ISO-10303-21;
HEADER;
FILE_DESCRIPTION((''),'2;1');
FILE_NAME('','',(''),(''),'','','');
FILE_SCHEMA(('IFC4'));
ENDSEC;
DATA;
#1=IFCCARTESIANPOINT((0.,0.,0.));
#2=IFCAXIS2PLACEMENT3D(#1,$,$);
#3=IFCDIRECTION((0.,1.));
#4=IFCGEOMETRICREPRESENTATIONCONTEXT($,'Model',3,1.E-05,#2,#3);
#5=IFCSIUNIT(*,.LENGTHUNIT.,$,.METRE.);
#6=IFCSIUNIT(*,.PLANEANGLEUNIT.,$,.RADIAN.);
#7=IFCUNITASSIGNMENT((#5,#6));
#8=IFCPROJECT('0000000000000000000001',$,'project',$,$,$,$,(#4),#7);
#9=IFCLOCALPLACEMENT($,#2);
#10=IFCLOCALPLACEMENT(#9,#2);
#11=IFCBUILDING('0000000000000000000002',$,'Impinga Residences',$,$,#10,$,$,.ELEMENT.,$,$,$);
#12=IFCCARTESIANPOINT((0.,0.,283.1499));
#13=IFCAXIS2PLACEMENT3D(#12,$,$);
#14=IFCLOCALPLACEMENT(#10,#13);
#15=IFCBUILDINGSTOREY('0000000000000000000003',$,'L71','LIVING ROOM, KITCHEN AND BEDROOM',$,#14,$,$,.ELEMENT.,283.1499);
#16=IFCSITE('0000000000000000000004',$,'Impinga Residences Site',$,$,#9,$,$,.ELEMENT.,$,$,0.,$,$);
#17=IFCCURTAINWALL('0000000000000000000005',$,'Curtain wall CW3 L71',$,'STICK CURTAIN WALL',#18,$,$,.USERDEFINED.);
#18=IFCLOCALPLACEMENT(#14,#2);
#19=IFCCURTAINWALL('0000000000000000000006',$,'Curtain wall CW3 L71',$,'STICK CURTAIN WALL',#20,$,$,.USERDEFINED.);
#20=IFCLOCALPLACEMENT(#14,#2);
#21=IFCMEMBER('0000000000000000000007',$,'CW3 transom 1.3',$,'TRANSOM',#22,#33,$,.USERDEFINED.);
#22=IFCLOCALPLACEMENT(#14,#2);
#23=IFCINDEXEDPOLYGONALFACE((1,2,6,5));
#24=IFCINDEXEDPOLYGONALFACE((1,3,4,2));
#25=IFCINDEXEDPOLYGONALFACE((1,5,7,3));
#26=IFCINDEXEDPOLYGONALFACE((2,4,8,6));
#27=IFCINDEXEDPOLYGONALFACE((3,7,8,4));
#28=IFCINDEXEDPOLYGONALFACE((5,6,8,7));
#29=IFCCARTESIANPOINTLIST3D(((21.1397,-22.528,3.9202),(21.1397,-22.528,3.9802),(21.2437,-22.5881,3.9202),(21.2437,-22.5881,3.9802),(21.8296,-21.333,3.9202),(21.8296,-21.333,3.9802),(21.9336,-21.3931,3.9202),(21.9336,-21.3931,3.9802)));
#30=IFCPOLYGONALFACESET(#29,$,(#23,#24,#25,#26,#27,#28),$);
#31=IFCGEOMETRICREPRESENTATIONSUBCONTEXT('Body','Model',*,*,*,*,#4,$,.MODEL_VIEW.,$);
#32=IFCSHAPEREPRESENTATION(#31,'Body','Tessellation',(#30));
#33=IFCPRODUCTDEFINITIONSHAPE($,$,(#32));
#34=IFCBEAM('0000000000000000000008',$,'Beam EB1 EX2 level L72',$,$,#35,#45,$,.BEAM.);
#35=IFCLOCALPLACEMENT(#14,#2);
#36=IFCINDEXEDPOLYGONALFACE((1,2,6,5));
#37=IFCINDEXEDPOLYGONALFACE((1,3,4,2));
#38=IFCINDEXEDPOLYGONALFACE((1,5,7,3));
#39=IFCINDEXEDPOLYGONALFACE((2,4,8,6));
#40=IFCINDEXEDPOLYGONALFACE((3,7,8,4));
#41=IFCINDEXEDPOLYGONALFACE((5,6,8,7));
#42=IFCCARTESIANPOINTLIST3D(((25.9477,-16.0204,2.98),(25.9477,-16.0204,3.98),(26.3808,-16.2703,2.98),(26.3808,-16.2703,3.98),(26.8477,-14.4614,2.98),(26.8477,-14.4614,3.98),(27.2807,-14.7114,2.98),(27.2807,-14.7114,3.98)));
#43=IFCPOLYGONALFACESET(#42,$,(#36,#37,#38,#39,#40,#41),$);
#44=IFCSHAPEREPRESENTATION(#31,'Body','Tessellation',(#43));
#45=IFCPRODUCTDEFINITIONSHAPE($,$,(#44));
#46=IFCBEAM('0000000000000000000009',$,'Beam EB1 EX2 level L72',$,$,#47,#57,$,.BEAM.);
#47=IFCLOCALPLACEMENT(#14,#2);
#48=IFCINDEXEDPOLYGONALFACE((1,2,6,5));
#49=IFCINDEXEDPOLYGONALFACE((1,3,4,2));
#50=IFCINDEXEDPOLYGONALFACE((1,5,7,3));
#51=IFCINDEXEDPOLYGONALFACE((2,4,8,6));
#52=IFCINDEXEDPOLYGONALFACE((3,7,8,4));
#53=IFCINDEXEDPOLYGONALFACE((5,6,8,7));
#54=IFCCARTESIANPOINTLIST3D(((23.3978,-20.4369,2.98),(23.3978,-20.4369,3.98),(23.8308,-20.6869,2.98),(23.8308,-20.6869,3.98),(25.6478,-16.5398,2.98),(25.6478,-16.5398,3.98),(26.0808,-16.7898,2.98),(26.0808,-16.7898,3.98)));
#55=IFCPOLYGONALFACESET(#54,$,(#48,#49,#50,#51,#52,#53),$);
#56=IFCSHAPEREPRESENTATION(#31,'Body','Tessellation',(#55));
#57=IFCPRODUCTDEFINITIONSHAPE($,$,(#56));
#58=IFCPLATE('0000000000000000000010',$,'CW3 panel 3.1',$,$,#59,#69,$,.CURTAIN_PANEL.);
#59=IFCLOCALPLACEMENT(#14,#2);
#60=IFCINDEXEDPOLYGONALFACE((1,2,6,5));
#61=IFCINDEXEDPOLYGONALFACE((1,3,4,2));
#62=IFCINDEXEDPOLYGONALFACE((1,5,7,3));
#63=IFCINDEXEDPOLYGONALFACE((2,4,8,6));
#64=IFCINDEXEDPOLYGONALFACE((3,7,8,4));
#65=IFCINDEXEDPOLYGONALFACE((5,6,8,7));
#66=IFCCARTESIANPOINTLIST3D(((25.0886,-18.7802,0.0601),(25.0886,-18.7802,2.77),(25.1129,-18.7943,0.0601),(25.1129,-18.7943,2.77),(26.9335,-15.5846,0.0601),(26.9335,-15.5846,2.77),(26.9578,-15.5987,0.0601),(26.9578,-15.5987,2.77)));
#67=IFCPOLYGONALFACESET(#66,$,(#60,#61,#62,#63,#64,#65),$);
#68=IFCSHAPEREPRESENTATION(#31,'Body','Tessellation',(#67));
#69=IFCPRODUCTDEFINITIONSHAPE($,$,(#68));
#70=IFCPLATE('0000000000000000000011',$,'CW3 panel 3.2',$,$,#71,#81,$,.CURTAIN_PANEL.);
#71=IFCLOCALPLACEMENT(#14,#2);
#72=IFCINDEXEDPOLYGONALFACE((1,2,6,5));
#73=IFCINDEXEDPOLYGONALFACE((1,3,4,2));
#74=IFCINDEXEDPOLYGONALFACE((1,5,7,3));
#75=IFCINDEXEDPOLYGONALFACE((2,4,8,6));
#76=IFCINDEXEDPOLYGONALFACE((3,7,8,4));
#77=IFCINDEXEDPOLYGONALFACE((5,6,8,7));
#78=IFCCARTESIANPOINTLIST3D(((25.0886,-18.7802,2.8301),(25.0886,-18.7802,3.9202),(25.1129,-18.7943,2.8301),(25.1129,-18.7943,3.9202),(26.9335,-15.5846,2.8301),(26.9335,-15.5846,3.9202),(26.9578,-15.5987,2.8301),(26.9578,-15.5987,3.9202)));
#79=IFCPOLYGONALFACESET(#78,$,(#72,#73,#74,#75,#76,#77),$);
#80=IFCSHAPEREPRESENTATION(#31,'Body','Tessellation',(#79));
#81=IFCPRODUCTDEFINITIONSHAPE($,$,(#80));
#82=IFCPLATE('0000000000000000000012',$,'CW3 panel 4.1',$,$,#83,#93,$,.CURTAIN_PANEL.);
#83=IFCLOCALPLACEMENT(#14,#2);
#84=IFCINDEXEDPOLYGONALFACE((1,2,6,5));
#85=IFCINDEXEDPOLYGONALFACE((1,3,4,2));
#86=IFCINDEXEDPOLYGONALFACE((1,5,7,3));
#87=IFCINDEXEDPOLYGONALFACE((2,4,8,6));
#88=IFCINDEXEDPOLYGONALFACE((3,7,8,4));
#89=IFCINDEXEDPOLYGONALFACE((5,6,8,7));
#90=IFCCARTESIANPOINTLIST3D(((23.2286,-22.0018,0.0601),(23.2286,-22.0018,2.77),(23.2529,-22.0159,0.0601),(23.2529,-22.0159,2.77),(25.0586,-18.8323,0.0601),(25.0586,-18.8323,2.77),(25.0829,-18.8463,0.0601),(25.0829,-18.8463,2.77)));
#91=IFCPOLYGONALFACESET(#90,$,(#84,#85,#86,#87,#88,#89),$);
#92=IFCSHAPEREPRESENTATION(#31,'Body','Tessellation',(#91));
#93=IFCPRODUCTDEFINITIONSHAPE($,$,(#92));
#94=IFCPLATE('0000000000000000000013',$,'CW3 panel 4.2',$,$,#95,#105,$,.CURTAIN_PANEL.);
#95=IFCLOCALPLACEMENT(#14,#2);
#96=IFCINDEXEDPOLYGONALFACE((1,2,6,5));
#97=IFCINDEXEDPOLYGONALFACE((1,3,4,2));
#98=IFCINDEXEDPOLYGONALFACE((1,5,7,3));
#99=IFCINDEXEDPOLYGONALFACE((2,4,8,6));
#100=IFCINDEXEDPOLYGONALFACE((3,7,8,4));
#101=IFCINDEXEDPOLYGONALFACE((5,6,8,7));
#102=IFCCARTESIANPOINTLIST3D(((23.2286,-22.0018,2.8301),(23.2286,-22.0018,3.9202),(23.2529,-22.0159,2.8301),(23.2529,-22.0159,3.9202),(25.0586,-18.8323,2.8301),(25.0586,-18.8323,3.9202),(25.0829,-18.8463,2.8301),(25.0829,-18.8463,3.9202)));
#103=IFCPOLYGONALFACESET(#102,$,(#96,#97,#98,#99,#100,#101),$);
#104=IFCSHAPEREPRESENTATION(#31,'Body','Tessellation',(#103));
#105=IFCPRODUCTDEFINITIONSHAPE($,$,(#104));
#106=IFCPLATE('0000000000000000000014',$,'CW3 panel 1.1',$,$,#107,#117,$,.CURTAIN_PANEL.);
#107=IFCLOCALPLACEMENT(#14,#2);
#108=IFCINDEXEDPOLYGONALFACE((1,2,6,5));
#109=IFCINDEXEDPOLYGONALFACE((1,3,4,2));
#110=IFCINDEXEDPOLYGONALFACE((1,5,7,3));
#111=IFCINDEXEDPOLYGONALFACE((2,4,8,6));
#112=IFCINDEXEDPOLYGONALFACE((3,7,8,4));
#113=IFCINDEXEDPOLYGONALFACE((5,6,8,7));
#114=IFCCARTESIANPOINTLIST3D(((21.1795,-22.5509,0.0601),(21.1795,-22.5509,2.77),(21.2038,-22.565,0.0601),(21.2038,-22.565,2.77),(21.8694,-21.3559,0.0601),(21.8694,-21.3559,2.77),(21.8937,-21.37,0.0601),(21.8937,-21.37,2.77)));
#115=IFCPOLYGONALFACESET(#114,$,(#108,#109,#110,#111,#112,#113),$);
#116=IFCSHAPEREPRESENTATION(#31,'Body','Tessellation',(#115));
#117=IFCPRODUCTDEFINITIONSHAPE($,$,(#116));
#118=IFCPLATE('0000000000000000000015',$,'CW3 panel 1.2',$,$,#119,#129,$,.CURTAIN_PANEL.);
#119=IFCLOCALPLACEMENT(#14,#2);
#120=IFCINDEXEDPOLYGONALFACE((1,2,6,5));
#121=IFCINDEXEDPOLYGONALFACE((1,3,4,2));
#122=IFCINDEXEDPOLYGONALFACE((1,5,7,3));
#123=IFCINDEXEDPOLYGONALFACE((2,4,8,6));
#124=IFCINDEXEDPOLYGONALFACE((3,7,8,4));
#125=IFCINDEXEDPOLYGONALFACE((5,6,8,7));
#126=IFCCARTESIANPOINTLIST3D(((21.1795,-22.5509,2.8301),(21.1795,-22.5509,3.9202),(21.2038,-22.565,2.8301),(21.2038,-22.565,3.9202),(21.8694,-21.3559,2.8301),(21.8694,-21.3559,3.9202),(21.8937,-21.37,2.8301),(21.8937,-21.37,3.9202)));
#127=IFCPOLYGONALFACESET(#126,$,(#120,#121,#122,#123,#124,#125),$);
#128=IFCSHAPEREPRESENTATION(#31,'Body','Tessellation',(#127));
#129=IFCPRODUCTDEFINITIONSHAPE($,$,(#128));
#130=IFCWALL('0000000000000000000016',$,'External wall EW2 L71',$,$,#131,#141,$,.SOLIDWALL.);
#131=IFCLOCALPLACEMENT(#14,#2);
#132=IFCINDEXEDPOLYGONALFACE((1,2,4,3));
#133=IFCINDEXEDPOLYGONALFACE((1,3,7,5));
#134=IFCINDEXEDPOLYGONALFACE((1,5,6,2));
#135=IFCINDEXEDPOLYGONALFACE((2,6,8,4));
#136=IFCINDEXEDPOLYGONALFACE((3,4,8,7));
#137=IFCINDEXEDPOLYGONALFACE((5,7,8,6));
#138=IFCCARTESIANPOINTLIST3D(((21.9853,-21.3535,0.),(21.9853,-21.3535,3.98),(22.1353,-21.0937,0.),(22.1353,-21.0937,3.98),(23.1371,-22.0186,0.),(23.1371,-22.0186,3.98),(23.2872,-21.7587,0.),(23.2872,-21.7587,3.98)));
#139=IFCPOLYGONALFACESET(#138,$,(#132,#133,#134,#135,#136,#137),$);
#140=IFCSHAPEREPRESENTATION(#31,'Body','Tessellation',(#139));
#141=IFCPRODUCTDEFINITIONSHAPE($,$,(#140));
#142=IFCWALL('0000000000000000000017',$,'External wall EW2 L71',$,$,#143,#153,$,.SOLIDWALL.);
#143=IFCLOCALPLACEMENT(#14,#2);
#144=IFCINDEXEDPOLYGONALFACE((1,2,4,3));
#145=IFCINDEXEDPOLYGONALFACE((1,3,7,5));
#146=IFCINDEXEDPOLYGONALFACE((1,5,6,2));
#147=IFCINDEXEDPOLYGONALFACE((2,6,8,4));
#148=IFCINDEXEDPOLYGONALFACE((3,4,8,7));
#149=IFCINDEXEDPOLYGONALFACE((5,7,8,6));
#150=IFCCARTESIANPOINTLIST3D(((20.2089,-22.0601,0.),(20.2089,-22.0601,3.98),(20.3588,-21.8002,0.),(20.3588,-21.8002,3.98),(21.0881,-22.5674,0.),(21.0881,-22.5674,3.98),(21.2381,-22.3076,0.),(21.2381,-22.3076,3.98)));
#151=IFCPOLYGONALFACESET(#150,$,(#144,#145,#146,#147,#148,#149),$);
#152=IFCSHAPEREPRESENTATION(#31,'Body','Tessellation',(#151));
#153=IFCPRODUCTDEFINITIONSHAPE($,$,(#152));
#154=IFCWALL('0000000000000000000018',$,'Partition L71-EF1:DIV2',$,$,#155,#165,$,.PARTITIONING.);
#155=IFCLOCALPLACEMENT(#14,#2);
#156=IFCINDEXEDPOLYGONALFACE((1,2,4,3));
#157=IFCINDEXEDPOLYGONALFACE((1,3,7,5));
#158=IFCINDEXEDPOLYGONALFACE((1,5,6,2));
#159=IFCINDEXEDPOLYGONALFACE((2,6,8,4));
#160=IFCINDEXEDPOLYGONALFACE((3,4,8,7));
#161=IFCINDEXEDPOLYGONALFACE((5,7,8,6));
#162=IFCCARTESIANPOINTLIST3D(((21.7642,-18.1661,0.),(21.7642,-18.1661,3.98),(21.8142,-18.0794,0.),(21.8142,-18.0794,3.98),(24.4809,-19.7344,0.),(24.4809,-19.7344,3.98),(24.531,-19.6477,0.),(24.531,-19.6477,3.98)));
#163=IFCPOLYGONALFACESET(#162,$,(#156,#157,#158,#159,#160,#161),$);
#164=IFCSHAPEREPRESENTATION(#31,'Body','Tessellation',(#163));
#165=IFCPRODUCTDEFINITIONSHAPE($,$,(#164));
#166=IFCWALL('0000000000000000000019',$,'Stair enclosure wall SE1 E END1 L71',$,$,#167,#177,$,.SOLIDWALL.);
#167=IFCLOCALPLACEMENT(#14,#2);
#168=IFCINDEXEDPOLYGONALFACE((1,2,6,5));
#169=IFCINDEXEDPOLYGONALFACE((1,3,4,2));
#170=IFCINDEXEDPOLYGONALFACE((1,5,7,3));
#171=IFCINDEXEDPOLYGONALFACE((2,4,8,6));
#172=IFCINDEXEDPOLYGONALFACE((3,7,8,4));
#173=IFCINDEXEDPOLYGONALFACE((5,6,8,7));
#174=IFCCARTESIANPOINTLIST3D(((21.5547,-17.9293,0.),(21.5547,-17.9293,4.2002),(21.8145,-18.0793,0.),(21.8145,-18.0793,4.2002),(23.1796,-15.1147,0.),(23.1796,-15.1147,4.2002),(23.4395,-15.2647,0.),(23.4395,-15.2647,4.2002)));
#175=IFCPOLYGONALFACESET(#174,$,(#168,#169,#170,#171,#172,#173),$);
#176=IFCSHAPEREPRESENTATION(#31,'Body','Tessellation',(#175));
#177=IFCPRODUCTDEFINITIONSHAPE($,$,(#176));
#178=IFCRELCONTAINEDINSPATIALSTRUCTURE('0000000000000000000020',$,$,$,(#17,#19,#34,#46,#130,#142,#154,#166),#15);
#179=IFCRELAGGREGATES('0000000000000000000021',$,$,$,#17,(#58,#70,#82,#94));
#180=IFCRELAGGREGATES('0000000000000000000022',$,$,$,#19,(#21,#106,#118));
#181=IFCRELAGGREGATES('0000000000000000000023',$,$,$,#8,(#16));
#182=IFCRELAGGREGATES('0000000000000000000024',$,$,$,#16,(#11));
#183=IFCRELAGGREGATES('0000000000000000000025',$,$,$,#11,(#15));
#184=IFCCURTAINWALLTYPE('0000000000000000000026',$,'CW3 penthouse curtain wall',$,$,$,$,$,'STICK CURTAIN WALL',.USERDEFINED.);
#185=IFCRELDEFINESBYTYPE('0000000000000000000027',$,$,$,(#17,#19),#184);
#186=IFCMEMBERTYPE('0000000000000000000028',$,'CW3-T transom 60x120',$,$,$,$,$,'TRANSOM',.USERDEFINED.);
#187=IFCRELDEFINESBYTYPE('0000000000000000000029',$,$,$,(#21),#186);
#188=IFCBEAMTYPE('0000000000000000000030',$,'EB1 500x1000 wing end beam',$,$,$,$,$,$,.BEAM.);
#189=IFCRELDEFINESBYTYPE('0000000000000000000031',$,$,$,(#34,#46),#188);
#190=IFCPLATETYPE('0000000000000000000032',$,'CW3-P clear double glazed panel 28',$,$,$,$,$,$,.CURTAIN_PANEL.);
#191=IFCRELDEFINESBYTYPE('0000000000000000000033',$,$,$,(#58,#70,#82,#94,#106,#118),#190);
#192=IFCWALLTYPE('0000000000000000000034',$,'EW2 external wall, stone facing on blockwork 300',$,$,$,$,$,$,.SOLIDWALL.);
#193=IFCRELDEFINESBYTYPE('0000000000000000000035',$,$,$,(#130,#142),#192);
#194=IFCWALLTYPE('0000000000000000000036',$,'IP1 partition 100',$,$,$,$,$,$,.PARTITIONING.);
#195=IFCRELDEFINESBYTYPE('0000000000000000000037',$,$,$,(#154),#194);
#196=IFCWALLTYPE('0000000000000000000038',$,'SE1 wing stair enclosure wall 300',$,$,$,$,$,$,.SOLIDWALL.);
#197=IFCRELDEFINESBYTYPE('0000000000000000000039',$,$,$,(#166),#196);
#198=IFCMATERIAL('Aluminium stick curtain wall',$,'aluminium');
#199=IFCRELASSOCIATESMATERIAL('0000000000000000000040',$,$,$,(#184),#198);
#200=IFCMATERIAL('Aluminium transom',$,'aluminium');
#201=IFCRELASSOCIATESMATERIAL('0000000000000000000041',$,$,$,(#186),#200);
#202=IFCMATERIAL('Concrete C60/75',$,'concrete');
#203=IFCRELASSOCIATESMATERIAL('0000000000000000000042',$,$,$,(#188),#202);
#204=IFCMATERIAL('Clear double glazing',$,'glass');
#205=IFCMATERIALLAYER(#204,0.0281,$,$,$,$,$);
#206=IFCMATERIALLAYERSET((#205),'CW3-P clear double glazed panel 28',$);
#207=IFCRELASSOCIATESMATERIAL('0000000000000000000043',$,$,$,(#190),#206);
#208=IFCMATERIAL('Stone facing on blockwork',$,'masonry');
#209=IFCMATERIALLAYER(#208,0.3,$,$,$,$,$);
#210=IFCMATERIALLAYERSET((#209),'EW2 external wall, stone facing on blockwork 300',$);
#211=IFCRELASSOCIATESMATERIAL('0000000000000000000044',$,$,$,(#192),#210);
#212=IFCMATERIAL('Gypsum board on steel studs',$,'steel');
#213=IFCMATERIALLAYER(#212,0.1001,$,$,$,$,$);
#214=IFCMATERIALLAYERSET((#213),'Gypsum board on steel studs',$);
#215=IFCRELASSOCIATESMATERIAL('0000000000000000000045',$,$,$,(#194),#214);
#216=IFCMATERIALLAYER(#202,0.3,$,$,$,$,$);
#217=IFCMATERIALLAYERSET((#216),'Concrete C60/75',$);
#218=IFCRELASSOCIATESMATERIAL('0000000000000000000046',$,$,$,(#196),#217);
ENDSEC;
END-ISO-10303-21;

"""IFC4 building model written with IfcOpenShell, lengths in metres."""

from ifc_helpers import new_model, si_unit, direction, frame, frame_2d, origin, origin_2d, place, context, subcontext, project, spatial, rectangle, extrude, material, layer, layer_set, material_profile, profile_set, type_object, element, aggregate, save


model = new_model("IFC4")

# Units and contexts
model_context = context("Model", 3, precision=1e-05, world=origin(), true_north=direction((0.0, 1.0)))
body_context = subcontext(model_context, "Body", "Model", "MODEL_VIEW")
ifc_project = project(units=[si_unit("LENGTHUNIT", "METRE"), si_unit("PLANEANGLEUNIT", "RADIAN")], contexts=[model_context])

# Site, building, storey
site_placement = place(None, origin())
site = spatial("IfcSite", under=ifc_project, at=site_placement, Name="Impinga Residences Site", CompositionType="ELEMENT", RefElevation=0.0)
building_placement = place(site_placement, origin())
building = spatial("IfcBuilding", under=site, at=building_placement, Name="Impinga Residences", CompositionType="ELEMENT")
storey_placement = place(building_placement, frame((0.0, 0.0, 283.1499)))
storey = spatial("IfcBuildingStorey", under=building, at=storey_placement, Name="L71", Description="LIVING ROOM, KITCHEN AND BEDROOM", CompositionType="ELEMENT", Elevation=283.1499)

# Shared definitions
ifc_material_1 = material(Name="Concrete C60/75", Category="concrete")

# Curtain walls
ifc_material_2 = material(Name="Aluminium stick curtain wall", Category="aluminium")
curtain_wall_type = type_object("IfcCurtainWallType", Name="CW3 penthouse curtain wall", ElementType="STICK CURTAIN WALL", PredefinedType="USERDEFINED", material=ifc_material_2)
curtain_wall_1_placement = place(storey_placement, origin())
curtain_wall_1 = element("IfcCurtainWall", 1, at=curtain_wall_1_placement, inside=storey, type_object=curtain_wall_type, Name="Curtain wall CW3 L71", ObjectType="STICK CURTAIN WALL", PredefinedType="USERDEFINED")
curtain_wall_2_placement = place(storey_placement, origin())
curtain_wall_2 = element("IfcCurtainWall", 2, at=curtain_wall_2_placement, inside=storey, type_object=curtain_wall_type, Name="Curtain wall CW3 L71", ObjectType="STICK CURTAIN WALL", PredefinedType="USERDEFINED")

# Member
ifc_material_3 = material(Name="Aluminium transom", Category="aluminium")
ifc_material_profile_1 = material_profile(ifc_material_3, rectangle(XDim=0.0601, YDim=0.1201, at=origin_2d()), Name="60x120 transom")
ifc_profile_set_1 = profile_set([ifc_material_profile_1], Name="Aluminium transom")
member_type_1 = type_object("IfcMemberType", Name="CW3-T transom 60x120", ElementType="TRANSOM", PredefinedType="USERDEFINED", material=ifc_profile_set_1)
member_1_placement = place(storey_placement, frame((21.8816, -21.363, 3.9502), z_axis=(-0.499983, -0.866035, 0.0), x_axis=(0.0, 0.0, 1.0)))
member_1 = element("IfcMember", 3, at=member_1_placement, type_object=member_type_1, Name="CW3 transom 1.3", ObjectType="TRANSOM", PredefinedType="USERDEFINED", context=body_context, shape_type="SweptSolid", body=[
    extrude(rectangle(XDim=0.0601, YDim=0.1201, at=origin_2d()), origin(), (0.0, 0.0, 1.0), 1.3799),
])

# Beams
ifc_material_profile_2 = material_profile(ifc_material_1, rectangle(XDim=0.5, YDim=1.0, at=origin_2d()), Name="RC 500x1000")
ifc_profile_set_2 = profile_set([ifc_material_profile_2], Name="Concrete C60/75")
beam_type_1 = type_object("IfcBeamType", Name="EB1 500x1000 wing end beam", PredefinedType="BEAM", material=ifc_profile_set_2)
beam_1_placement = place(storey_placement, frame((27.0642, -14.5864, 3.48), z_axis=(-0.499961, -0.866048, 0.0), x_axis=(0.866048, -0.499961, 0.0)))
element("IfcBeam", 4, at=beam_1_placement, inside=storey, type_object=beam_type_1, Name="Beam EB1 EX2 level L72", PredefinedType="BEAM", context=body_context, shape_type="SweptSolid", body=[
    extrude(rectangle(XDim=0.5, YDim=1.0, at=origin_2d()), origin(), (0.0, 0.0, 1.0), 1.8),
])
beam_2_placement = place(storey_placement, frame((25.8643, -16.6648, 3.48), z_axis=(-0.49999, -0.866031, 0.0), x_axis=(0.866031, -0.49999, 0.0)))
element("IfcBeam", 5, at=beam_2_placement, inside=storey, type_object=beam_type_1, Name="Beam EB1 EX2 level L72", PredefinedType="BEAM", context=body_context, shape_type="SweptSolid", body=[
    extrude(rectangle(XDim=0.5, YDim=1.0, at=origin_2d()), origin(), (0.0, 0.0, 1.0), 4.5),
])

# Plates
ifc_material_4 = material(Name="Clear double glazing", Category="glass")
ifc_layer_1 = layer(ifc_material_4, 0.0281)
ifc_layer_set_1 = layer_set([ifc_layer_1], Name="CW3-P clear double glazed panel 28")
plate_type = type_object("IfcPlateType", Name="CW3-P clear double glazed panel 28", PredefinedType="CURTAIN_PANEL", material=ifc_layer_set_1)
plate_1_placement = place(storey_placement, frame((26.0232, -17.1895, 0.0601), z_axis=(0.0, 0.0, 1.0), x_axis=(-0.5, -0.866025, 0.0)))
plate_1 = element("IfcPlate", 6, at=plate_1_placement, type_object=plate_type, Name="CW3 panel 3.1", PredefinedType="CURTAIN_PANEL", context=body_context, shape_type="SweptSolid", body=[
    extrude(rectangle(XDim=3.6899, YDim=0.0281, at=origin_2d()), origin(), (0.0, 0.0, 1.0), 2.71),
])
plate_2_placement = place(storey_placement, frame((26.0232, -17.1895, 2.8301), z_axis=(0.0, 0.0, 1.0), x_axis=(-0.5, -0.866025, 0.0)))
plate_2 = element("IfcPlate", 7, at=plate_2_placement, type_object=plate_type, Name="CW3 panel 3.2", PredefinedType="CURTAIN_PANEL", context=body_context, shape_type="SweptSolid", body=[
    extrude(rectangle(XDim=3.6899, YDim=0.0281, at=origin_2d()), origin(), (0.0, 0.0, 1.0), 1.0901),
])
plate_3_placement = place(storey_placement, frame((24.1558, -20.4241, 0.0601), z_axis=(0.0, 0.0, 1.0), x_axis=(-0.5, -0.866025, 0.0)))
plate_3 = element("IfcPlate", 8, at=plate_3_placement, type_object=plate_type, Name="CW3 panel 4.1", PredefinedType="CURTAIN_PANEL", context=body_context, shape_type="SweptSolid", body=[
    extrude(rectangle(XDim=3.6599, YDim=0.0281, at=origin_2d()), origin(), (0.0, 0.0, 1.0), 2.71),
])
plate_4_placement = place(storey_placement, frame((24.1558, -20.4241, 2.8301), z_axis=(0.0, 0.0, 1.0), x_axis=(-0.5, -0.866025, 0.0)))
plate_4 = element("IfcPlate", 9, at=plate_4_placement, type_object=plate_type, Name="CW3 panel 4.2", PredefinedType="CURTAIN_PANEL", context=body_context, shape_type="SweptSolid", body=[
    extrude(rectangle(XDim=3.6599, YDim=0.0281, at=origin_2d()), origin(), (0.0, 0.0, 1.0), 1.0901),
])
aggregate(curtain_wall_1, [plate_1, plate_2, plate_3, plate_4])
plate_5_placement = place(storey_placement, frame((21.5366, -21.9604, 0.0601), z_axis=(0.0, 0.0, 1.0), x_axis=(-0.5, -0.866025, 0.0)))
plate_5 = element("IfcPlate", 10, at=plate_5_placement, type_object=plate_type, Name="CW3 panel 1.1", PredefinedType="CURTAIN_PANEL", context=body_context, shape_type="SweptSolid", body=[
    extrude(rectangle(XDim=1.3799, YDim=0.0281, at=origin_2d()), origin(), (0.0, 0.0, 1.0), 2.71),
])
plate_6_placement = place(storey_placement, frame((21.5366, -21.9604, 2.8301), z_axis=(0.0, 0.0, 1.0), x_axis=(-0.5, -0.866025, 0.0)))
plate_6 = element("IfcPlate", 11, at=plate_6_placement, type_object=plate_type, Name="CW3 panel 1.2", PredefinedType="CURTAIN_PANEL", context=body_context, shape_type="SweptSolid", body=[
    extrude(rectangle(XDim=1.3799, YDim=0.0281, at=origin_2d()), origin(), (0.0, 0.0, 1.0), 1.0901),
])
aggregate(curtain_wall_2, [member_1, plate_5, plate_6])

# Walls
ifc_material_5 = material(Name="Stone facing on blockwork", Category="masonry")
ifc_layer_2 = layer(ifc_material_5, 0.3)
ifc_layer_set_2 = layer_set([ifc_layer_2], Name="EW2 external wall, stone facing on blockwork 300")
wall_type_1 = type_object("IfcWallType", Name="EW2 external wall, stone facing on blockwork 300", PredefinedType="SOLIDWALL", material=ifc_layer_set_2)
wall_1_placement = place(storey_placement, frame((23.2122, -21.8887, 0.0), z_axis=(0.0, 0.0, 1.0), x_axis=(-0.866021, 0.500008, 0.0)))
element("IfcWall", 12, at=wall_1_placement, inside=storey, type_object=wall_type_1, Name="External wall EW2 L71", PredefinedType="SOLIDWALL", context=body_context, shape_type="SweptSolid", body=[
    extrude(rectangle(XDim=1.3301, YDim=0.3, at=frame_2d((0.665, 0.0))), origin(), (0.0, 0.0, 1.0), 3.98),
])
wall_2_placement = place(storey_placement, frame((21.1631, -22.4375, 0.0), z_axis=(0.0, 0.0, 1.0), x_axis=(-0.866134, 0.499813, 0.0)))
element("IfcWall", 13, at=wall_2_placement, inside=storey, type_object=wall_type_1, Name="External wall EW2 L71", PredefinedType="SOLIDWALL", context=body_context, shape_type="SweptSolid", body=[
    extrude(rectangle(XDim=1.0151, YDim=0.3, at=frame_2d((0.5076, 0.0))), origin(), (0.0, 0.0, 1.0), 3.98),
])
ifc_material_6 = material(Name="Gypsum board on steel studs", Category="steel")
ifc_layer_3 = layer(ifc_material_6, 0.1001)
ifc_layer_set_3 = layer_set([ifc_layer_3], Name="Gypsum board on steel studs")
wall_type_2 = type_object("IfcWallType", Name="IP1 partition 100", PredefinedType="PARTITIONING", material=ifc_layer_set_3)
wall_3_placement = place(storey_placement, frame((21.7893, -18.1228, 0.0), z_axis=(0.0, 0.0, 1.0), x_axis=(0.866051, -0.499956, 0.0)))
element("IfcWall", 14, at=wall_3_placement, inside=storey, type_object=wall_type_2, Name="Partition L71-EF1:DIV2", PredefinedType="PARTITIONING", context=body_context, shape_type="SweptSolid", body=[
    extrude(rectangle(XDim=3.137, YDim=0.1001, at=frame_2d((1.5684, 0.0))), origin(), (0.0, 0.0, 1.0), 3.98),
])
ifc_layer_4 = layer(ifc_material_1, 0.3)
ifc_layer_set_4 = layer_set([ifc_layer_4], Name="Concrete C60/75")
wall_type_3 = type_object("IfcWallType", Name="SE1 wing stair enclosure wall 300", PredefinedType="SOLIDWALL", material=ifc_layer_set_4)
wall_4_placement = place(storey_placement, frame((23.3096, -15.1897, 0.0), z_axis=(0.0, 0.0, 1.0), x_axis=(-0.499985, -0.866034, 0.0)))
element("IfcWall", 15, at=wall_4_placement, inside=storey, type_object=wall_type_3, Name="Stair enclosure wall SE1 E END1 L71", PredefinedType="SOLIDWALL", context=body_context, shape_type="SweptSolid", body=[
    extrude(rectangle(XDim=3.25, YDim=0.3, at=frame_2d((1.625, 0.0))), origin(), (0.0, 0.0, 1.0), 4.2002),
])

save(model, "model.ifc")
